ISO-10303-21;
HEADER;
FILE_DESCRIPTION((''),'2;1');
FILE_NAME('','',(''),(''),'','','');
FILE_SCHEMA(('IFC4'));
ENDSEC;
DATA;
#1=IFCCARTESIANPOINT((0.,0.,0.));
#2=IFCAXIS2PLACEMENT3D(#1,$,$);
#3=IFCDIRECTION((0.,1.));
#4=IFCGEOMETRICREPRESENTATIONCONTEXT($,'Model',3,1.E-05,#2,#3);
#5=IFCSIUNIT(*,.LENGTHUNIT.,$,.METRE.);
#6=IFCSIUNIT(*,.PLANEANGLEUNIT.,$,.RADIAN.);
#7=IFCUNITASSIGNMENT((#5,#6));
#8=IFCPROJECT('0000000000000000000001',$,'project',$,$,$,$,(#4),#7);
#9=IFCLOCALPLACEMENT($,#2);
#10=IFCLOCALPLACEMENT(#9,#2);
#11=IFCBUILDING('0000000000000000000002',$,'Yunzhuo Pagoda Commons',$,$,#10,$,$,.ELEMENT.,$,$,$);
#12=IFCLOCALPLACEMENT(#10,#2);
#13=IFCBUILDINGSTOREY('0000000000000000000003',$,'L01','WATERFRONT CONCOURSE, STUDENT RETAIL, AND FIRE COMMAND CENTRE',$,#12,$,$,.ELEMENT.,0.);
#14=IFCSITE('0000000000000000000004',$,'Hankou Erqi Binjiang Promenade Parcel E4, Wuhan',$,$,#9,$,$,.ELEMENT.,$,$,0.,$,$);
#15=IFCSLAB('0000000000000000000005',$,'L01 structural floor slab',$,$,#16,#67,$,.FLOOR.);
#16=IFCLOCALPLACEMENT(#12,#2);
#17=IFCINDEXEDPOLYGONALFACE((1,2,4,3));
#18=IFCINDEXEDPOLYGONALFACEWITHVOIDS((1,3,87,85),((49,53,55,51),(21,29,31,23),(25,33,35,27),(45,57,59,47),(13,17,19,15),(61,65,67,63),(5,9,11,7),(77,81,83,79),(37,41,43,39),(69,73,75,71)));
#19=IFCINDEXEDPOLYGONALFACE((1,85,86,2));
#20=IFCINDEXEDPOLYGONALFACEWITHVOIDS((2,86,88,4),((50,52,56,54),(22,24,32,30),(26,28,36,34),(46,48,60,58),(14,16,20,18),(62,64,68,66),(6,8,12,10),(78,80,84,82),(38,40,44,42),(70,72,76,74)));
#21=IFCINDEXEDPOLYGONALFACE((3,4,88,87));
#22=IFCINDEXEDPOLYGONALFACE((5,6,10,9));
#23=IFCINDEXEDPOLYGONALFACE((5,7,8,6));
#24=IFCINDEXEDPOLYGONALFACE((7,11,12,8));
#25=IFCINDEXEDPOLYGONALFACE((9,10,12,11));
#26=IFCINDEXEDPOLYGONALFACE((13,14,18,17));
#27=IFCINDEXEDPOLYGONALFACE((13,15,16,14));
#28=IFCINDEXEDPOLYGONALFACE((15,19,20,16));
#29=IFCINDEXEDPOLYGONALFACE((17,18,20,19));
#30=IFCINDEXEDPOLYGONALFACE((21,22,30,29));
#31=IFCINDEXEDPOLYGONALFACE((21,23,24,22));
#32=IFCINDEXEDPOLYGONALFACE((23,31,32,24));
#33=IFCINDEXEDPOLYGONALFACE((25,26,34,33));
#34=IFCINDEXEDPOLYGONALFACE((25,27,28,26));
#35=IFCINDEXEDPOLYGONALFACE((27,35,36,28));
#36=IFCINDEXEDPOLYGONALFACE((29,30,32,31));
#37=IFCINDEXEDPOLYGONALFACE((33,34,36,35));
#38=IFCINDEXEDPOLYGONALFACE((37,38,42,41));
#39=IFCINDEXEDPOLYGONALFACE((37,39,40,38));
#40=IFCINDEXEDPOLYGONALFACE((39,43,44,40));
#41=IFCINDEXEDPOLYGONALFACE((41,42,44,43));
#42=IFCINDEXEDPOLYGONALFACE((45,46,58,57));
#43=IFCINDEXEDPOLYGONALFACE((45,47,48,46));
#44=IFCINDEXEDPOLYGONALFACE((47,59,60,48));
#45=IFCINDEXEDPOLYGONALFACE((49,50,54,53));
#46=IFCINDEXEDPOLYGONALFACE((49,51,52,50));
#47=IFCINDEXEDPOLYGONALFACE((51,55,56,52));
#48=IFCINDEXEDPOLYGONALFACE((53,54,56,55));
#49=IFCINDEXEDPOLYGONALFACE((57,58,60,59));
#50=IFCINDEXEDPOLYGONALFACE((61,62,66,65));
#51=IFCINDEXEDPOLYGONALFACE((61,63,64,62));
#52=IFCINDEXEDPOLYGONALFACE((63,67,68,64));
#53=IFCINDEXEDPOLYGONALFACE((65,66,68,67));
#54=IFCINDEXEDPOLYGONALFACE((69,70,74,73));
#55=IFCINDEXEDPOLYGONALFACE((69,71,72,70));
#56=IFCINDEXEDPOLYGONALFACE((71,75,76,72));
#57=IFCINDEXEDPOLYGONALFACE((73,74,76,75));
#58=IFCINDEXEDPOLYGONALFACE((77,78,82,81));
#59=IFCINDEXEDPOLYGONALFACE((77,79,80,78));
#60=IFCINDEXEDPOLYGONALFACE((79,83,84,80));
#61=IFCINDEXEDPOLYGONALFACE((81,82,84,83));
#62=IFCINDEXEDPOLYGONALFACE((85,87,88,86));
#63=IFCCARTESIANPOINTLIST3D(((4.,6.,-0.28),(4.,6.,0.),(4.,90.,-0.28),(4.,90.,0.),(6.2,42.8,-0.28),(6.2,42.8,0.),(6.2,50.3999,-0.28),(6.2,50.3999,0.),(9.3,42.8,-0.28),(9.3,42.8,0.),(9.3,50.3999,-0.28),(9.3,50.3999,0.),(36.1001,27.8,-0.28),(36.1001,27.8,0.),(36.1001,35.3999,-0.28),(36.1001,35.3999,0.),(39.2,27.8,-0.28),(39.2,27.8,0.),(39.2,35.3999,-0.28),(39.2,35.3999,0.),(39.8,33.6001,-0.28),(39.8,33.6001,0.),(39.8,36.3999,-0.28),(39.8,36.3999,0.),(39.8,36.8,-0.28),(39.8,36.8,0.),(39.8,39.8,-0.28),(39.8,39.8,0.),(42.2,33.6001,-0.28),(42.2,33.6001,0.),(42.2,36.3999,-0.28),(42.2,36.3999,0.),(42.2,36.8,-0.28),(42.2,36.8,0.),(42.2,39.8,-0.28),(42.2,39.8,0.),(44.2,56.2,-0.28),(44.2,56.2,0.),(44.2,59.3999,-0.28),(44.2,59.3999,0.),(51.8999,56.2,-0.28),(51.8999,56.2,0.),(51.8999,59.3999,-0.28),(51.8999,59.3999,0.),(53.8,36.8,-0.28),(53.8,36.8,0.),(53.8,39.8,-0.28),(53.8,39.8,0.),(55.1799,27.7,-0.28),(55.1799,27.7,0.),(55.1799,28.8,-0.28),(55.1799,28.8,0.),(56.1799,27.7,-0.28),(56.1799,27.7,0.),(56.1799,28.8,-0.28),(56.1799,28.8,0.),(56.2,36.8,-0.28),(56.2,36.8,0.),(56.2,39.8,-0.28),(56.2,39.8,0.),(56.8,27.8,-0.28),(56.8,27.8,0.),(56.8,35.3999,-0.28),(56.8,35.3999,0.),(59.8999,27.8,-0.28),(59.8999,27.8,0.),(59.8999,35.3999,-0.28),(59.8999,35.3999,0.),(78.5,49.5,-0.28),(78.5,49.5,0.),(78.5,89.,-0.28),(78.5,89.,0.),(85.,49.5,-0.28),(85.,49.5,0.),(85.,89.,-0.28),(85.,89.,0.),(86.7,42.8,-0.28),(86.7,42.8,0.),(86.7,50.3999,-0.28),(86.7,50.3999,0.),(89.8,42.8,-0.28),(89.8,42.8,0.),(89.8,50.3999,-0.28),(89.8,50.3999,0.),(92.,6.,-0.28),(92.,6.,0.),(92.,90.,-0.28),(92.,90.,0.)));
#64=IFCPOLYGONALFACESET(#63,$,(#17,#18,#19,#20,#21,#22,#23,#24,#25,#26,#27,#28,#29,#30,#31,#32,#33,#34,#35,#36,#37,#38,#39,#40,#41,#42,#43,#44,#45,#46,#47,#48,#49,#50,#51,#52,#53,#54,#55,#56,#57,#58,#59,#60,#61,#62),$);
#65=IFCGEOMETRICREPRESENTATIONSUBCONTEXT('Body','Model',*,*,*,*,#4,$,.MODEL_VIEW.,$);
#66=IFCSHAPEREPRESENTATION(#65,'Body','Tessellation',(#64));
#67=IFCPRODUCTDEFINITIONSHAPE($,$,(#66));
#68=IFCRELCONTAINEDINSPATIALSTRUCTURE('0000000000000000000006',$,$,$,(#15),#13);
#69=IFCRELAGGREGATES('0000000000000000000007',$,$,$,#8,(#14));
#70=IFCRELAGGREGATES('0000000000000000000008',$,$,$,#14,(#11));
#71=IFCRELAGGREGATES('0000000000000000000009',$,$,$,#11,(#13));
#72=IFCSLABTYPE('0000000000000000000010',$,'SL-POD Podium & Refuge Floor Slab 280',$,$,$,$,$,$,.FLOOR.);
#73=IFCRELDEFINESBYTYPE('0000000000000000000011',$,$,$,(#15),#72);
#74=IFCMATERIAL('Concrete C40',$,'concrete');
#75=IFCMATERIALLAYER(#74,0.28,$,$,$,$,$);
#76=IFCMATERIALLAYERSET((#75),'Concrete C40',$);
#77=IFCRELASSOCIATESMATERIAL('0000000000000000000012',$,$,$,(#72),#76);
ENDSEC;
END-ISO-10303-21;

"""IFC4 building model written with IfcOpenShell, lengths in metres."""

from ifc_helpers import new_model, si_unit, direction, frame, origin, place, context, subcontext, project, spatial, polyline, outline, extrude, material, layer, layer_set, type_object, element, save


model = new_model("IFC4")

# Units and contexts
model_context = context("Model", 3, precision=1e-05, world=origin(), true_north=direction((0.0, 1.0)))
body_context = subcontext(model_context, "Body", "Model", "MODEL_VIEW")
ifc_project = project(units=[si_unit("LENGTHUNIT", "METRE"), si_unit("PLANEANGLEUNIT", "RADIAN")], contexts=[model_context])

# Site, building, storey
site_placement = place(None, origin())
site = spatial("IfcSite", under=ifc_project, at=site_placement, Name="Hankou Erqi Binjiang Promenade Parcel E4, Wuhan", CompositionType="ELEMENT", RefElevation=0.0)
building_placement = place(site_placement, origin())
building = spatial("IfcBuilding", under=site, at=building_placement, Name="Yunzhuo Pagoda Commons", CompositionType="ELEMENT")
storey_placement = place(building_placement, origin())
storey = spatial("IfcBuildingStorey", under=building, at=storey_placement, Name="L01", Description="WATERFRONT CONCOURSE, STUDENT RETAIL, AND FIRE COMMAND CENTRE", CompositionType="ELEMENT", Elevation=0.0)

# Shared definitions
ifc_material_1 = material(Name="Concrete C40", Category="concrete")

# Slab
ifc_layer_1 = layer(ifc_material_1, 0.28)
ifc_layer_set_1 = layer_set([ifc_layer_1], Name="Concrete C40")
slab_type_1 = type_object("IfcSlabType", Name="SL-POD Podium & Refuge Floor Slab 280", PredefinedType="FLOOR", material=ifc_layer_set_1)
slab_1_placement = place(storey_placement, frame((0.0, 0.0, -0.28)))
element("IfcSlab", 1, at=slab_1_placement, inside=storey, type_object=slab_type_1, Name="L01 structural floor slab", PredefinedType="FLOOR", context=body_context, shape_type="SweptSolid", body=[
    extrude(outline(polyline([(4.0, 90.0), (92.0, 90.0), (92.0, 6.0), (4.0, 6.0), (4.0, 90.0)]), holes=[polyline([(56.1799, 28.8), (55.1799, 28.8), (55.1799, 27.7), (56.1799, 27.7), (56.1799, 28.8)]), polyline([(39.2, 27.8), (39.2, 35.3999), (36.1001, 35.3999), (36.1001, 27.8), (39.2, 27.8)]), polyline([(59.8999, 27.8), (59.8999, 35.3999), (56.8, 35.3999), (56.8, 27.8), (59.8999, 27.8)]), polyline([(42.2, 33.6001), (42.2, 36.3999), (39.8, 36.3999), (39.8, 33.6001), (42.2, 33.6001)]), polyline([(42.2, 36.8), (42.2, 39.8), (39.8, 39.8), (39.8, 36.8), (42.2, 36.8)]), polyline([(56.2, 39.8), (53.8, 39.8), (53.8, 36.8), (56.2, 36.8), (56.2, 39.8)]), polyline([(6.2, 50.3999), (6.2, 42.8), (9.3, 42.8), (9.3, 50.3999), (6.2, 50.3999)]), polyline([(86.7, 50.3999), (86.7, 42.8), (89.8, 42.8), (89.8, 50.3999), (86.7, 50.3999)]), polyline([(51.8999, 56.2), (51.8999, 59.3999), (44.2, 59.3999), (44.2, 56.2), (51.8999, 56.2)]), polyline([(85.0, 49.5), (85.0, 89.0), (78.5, 89.0), (78.5, 49.5), (85.0, 49.5)])]), origin(), (0.0, 0.0, 1.0), 0.28),
])

save(model, "model.ifc")
